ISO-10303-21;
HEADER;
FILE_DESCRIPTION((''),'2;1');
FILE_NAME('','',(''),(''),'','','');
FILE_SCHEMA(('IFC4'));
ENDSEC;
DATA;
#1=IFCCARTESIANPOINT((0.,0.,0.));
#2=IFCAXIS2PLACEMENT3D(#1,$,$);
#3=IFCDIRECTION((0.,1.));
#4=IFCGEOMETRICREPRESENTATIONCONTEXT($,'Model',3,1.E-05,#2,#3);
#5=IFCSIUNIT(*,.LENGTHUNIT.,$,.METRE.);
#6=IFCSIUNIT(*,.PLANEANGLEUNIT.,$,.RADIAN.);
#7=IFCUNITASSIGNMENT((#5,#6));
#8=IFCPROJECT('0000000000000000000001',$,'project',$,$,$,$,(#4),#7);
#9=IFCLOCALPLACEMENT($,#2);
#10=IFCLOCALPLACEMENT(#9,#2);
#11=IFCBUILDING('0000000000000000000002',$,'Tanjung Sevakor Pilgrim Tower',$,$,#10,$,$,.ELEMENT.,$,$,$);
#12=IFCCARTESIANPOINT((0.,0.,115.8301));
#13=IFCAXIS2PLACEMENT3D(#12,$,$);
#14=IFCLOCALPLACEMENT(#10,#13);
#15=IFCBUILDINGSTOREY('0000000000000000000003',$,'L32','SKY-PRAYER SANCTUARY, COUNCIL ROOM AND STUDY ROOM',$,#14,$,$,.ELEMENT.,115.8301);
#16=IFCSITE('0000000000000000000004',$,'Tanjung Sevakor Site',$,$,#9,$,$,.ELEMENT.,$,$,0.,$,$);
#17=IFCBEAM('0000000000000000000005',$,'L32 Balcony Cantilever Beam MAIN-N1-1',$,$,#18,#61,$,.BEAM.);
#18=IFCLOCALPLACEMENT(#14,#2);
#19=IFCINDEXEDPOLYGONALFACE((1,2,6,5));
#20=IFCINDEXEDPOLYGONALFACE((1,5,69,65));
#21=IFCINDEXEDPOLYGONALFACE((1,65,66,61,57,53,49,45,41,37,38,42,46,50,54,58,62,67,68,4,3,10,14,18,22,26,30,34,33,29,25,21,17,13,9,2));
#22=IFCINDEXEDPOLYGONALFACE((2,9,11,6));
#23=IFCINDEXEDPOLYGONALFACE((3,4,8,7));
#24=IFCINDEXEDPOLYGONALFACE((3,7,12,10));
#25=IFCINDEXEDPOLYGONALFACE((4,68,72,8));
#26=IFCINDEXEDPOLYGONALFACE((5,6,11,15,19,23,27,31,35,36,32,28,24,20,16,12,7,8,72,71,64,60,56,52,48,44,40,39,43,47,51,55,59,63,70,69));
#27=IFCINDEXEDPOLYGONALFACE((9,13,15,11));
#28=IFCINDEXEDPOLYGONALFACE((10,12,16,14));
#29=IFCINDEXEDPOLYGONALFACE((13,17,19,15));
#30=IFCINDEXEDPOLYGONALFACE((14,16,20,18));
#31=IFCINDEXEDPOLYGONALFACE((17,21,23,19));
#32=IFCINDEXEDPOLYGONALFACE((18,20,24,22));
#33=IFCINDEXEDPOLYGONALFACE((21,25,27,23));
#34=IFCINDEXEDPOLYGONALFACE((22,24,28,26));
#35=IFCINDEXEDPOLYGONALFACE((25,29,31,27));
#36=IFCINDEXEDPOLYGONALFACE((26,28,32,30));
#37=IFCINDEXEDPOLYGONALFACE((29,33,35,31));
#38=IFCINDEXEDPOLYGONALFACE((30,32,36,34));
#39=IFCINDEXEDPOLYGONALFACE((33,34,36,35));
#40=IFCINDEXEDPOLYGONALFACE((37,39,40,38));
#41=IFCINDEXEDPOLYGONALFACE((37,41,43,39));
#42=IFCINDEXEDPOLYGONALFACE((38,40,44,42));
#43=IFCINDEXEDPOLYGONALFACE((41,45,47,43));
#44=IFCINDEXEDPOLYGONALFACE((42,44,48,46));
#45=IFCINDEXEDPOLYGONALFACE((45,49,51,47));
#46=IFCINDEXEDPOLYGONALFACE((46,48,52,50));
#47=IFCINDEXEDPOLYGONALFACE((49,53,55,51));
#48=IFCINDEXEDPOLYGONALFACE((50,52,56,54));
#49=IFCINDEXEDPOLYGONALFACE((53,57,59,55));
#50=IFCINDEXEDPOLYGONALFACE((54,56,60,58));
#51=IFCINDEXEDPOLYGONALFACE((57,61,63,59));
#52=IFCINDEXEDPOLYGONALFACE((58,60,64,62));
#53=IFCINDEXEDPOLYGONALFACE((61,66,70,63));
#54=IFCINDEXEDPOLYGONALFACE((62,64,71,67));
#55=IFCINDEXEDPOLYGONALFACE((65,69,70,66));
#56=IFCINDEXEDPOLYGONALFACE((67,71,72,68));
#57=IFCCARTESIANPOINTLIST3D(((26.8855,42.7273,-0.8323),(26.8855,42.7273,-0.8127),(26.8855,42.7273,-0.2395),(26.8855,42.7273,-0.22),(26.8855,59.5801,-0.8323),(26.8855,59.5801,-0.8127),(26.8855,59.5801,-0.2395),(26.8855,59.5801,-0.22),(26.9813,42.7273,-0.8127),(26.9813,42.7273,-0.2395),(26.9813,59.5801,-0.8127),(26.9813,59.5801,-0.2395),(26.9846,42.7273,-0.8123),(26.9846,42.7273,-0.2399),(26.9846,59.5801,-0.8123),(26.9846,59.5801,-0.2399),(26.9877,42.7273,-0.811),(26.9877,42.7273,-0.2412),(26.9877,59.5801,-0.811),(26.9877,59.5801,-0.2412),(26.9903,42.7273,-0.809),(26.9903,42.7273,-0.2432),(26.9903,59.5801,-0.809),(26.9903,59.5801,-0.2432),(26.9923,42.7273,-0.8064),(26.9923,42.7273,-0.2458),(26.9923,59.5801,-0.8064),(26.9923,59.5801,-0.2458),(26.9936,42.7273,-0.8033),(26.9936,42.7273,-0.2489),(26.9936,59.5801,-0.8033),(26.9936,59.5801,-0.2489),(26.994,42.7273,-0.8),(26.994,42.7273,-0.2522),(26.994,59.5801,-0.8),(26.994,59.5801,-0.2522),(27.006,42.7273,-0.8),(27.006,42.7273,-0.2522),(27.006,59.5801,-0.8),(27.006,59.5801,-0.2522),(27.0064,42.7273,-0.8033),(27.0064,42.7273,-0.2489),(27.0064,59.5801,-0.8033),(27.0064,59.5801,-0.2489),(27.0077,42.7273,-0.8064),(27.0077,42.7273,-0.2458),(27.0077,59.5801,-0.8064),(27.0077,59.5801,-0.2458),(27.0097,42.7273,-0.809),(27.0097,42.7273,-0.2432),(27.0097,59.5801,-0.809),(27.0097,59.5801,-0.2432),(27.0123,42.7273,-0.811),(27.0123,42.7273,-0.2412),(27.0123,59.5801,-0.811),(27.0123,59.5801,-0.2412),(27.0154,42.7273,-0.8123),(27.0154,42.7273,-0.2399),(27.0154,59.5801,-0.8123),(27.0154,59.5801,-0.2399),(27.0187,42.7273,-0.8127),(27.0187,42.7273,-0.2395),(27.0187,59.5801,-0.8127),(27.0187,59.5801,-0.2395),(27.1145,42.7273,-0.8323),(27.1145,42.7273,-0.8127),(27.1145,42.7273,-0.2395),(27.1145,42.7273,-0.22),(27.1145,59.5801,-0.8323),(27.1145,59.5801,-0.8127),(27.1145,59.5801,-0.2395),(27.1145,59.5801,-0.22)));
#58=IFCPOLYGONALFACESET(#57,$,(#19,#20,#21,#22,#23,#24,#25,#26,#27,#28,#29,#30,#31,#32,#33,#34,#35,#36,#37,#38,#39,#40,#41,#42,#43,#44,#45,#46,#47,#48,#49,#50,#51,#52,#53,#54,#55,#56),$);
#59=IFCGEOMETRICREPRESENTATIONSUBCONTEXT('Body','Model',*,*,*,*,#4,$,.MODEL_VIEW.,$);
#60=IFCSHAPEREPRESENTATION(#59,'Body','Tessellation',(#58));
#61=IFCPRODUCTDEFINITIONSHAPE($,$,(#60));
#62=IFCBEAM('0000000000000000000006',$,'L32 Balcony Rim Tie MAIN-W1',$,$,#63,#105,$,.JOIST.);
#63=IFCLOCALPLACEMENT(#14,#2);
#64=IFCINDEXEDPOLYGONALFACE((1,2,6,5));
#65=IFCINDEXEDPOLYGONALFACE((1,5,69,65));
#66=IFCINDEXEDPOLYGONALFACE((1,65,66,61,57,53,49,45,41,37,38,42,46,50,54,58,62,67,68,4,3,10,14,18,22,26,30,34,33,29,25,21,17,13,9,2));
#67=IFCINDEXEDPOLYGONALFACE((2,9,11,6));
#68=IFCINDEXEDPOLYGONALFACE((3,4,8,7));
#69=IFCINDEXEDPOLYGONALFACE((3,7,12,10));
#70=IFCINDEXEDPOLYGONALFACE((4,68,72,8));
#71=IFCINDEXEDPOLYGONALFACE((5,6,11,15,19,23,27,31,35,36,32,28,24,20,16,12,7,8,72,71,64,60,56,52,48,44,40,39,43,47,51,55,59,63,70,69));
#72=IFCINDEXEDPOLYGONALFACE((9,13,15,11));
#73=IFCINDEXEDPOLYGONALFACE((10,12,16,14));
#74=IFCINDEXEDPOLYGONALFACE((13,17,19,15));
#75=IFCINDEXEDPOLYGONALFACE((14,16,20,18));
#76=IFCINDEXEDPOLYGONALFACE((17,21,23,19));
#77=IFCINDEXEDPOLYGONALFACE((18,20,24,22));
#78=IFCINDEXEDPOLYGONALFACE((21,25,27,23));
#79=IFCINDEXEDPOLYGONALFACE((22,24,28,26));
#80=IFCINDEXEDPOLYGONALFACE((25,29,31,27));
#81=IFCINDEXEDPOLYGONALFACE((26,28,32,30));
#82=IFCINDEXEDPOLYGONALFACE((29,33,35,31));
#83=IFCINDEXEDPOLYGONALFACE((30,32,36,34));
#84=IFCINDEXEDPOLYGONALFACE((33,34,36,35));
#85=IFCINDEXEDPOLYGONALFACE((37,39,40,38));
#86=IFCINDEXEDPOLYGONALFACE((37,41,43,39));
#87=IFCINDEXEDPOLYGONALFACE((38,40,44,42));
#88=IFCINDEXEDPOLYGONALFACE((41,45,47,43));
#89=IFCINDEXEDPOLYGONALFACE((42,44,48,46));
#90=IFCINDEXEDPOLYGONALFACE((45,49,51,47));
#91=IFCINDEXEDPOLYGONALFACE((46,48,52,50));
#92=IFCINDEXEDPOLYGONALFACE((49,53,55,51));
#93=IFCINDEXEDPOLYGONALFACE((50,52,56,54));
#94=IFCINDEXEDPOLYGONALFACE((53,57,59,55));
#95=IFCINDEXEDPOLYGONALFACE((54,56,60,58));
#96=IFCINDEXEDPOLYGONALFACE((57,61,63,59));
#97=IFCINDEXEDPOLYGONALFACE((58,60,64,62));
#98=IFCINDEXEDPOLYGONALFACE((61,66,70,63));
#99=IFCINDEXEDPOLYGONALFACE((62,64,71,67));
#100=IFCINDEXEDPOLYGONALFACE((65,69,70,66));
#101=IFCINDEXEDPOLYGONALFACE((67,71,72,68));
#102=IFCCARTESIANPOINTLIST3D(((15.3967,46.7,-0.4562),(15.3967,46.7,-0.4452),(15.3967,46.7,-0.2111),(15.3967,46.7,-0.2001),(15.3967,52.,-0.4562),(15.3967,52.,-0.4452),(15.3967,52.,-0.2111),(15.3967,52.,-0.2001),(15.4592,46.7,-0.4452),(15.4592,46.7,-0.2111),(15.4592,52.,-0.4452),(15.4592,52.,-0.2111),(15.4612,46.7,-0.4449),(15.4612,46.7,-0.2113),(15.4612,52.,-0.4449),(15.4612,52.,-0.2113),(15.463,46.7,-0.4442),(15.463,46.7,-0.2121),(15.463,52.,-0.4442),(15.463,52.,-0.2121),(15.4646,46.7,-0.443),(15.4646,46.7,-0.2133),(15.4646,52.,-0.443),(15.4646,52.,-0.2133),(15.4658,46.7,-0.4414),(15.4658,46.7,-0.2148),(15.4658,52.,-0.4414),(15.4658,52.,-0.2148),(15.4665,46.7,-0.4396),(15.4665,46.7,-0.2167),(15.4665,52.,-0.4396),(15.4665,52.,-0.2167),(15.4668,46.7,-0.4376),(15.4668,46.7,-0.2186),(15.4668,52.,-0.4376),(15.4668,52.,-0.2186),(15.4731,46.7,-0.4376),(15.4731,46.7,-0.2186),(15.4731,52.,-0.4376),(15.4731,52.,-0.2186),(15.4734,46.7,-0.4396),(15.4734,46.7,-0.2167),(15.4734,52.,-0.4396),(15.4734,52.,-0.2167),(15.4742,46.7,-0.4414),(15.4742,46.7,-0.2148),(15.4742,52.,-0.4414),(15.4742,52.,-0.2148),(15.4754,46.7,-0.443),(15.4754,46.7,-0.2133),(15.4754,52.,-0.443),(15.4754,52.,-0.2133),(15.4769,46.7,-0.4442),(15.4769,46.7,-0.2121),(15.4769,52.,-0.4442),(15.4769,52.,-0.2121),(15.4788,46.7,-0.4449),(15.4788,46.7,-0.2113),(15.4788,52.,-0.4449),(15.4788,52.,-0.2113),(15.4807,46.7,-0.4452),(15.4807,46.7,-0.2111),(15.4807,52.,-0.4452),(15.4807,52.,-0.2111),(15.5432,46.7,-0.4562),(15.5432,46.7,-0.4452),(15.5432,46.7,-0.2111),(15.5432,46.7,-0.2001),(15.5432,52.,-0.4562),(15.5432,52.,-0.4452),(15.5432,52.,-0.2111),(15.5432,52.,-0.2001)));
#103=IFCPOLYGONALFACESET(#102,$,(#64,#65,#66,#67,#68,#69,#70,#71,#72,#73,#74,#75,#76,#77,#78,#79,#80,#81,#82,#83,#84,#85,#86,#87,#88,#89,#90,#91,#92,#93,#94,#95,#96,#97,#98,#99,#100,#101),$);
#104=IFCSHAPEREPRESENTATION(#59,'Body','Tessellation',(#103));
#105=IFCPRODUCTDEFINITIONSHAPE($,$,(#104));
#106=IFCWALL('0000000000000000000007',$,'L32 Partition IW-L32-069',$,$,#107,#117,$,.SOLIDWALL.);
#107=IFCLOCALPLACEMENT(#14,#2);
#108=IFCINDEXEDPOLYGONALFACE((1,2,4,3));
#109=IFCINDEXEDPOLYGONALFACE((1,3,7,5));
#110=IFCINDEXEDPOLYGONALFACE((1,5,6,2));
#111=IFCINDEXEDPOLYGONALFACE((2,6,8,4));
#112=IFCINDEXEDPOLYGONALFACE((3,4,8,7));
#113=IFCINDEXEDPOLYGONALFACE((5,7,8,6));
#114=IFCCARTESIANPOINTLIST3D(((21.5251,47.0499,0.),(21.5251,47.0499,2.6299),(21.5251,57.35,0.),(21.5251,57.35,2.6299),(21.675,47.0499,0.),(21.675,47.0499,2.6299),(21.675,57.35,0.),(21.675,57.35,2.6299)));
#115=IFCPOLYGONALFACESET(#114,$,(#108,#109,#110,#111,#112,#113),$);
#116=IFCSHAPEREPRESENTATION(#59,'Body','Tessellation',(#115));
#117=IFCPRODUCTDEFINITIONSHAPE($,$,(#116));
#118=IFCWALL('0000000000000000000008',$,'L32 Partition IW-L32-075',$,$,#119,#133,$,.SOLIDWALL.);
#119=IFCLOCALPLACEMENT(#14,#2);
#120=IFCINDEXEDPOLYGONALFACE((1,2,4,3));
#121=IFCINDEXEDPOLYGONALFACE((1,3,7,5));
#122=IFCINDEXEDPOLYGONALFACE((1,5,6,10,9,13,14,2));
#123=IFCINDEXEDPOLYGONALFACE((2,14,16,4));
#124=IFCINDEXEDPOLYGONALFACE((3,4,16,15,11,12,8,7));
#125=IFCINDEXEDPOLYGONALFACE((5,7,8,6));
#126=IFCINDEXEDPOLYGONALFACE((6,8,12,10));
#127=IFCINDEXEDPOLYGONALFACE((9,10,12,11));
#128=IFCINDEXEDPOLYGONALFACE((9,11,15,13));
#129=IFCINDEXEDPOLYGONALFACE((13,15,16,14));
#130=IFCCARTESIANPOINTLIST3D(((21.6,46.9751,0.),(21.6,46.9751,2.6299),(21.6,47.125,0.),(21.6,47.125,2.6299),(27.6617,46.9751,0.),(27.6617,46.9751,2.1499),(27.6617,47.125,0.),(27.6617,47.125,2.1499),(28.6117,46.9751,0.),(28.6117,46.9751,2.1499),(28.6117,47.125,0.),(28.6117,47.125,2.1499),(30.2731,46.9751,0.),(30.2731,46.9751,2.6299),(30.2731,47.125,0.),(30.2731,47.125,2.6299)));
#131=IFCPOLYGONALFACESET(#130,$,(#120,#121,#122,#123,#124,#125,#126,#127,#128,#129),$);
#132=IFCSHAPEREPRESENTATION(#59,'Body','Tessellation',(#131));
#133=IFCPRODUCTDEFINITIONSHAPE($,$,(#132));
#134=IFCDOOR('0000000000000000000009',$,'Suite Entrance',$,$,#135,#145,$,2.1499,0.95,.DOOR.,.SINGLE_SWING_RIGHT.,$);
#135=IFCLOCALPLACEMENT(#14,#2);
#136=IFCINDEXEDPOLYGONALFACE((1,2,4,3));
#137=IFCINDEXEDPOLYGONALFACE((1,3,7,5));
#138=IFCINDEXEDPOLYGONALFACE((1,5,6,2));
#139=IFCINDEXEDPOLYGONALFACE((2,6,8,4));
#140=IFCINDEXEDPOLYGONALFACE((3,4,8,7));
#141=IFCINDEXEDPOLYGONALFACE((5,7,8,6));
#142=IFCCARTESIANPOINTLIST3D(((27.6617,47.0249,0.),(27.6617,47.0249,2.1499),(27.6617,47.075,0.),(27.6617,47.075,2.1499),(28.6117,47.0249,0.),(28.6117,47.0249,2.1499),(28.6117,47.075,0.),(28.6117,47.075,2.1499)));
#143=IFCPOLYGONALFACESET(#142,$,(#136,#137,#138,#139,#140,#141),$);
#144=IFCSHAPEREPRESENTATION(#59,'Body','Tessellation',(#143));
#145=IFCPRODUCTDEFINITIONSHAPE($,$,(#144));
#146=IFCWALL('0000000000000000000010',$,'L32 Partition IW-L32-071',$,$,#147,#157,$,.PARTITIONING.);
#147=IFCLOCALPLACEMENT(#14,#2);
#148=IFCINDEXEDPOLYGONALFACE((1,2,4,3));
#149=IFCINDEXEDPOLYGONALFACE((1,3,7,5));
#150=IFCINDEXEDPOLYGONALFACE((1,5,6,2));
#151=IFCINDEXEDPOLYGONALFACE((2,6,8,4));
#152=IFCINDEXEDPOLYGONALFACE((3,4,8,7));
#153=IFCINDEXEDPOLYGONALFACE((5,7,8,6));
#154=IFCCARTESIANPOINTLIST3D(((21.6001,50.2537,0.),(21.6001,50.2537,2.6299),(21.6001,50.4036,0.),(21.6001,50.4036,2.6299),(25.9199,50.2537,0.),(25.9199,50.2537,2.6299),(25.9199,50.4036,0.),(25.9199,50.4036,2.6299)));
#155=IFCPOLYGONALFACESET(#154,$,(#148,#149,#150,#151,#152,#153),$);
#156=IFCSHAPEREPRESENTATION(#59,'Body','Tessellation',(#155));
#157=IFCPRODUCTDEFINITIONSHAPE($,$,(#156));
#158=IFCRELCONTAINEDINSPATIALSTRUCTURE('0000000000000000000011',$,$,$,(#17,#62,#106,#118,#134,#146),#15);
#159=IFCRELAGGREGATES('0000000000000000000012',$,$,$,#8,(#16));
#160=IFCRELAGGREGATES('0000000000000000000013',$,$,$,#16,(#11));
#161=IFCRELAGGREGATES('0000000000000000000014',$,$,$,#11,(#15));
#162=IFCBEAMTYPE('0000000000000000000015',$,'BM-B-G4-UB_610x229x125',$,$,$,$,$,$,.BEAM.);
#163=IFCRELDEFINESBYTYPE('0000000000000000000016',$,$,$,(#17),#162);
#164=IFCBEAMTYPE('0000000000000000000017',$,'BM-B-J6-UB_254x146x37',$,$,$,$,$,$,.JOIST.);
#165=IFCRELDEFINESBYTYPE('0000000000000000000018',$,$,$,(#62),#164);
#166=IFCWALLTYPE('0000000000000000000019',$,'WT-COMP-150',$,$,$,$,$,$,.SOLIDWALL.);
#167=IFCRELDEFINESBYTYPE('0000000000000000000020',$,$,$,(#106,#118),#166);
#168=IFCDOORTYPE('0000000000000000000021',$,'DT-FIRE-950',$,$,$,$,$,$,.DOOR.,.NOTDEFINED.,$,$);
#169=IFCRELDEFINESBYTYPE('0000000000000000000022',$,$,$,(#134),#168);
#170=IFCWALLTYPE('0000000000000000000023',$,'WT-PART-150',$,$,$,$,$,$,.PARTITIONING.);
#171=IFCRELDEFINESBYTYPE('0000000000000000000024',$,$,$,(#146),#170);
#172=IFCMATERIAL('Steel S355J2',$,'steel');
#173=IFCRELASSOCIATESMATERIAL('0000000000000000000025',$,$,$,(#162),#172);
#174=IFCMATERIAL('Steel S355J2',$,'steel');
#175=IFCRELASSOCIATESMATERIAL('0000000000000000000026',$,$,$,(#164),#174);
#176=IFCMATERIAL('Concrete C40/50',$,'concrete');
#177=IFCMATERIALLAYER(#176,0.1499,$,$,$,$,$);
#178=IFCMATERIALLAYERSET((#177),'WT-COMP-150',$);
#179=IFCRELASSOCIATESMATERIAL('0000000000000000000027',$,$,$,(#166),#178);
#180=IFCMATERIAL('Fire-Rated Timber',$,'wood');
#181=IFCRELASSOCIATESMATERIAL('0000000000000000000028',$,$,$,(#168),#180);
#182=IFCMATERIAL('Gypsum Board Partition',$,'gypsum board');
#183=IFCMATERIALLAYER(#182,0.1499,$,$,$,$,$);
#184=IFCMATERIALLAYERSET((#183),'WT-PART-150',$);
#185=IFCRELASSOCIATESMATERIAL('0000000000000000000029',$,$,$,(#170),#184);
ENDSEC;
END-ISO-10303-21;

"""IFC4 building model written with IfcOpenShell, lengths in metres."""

from ifc_helpers import new_model, si_unit, direction, frame, frame_2d, origin, origin_2d, place, context, subcontext, project, spatial, rectangle, i_section, extrude, material, layer, layer_set, material_profile, profile_set, type_object, element, fill, save


model = new_model("IFC4")

# Units and contexts
model_context = context("Model", 3, precision=1e-05, world=origin(), true_north=direction((0.0, 1.0)))
body_context = subcontext(model_context, "Body", "Model", "MODEL_VIEW")
ifc_project = project(units=[si_unit("LENGTHUNIT", "METRE"), si_unit("PLANEANGLEUNIT", "RADIAN")], contexts=[model_context])

# Site, building, storey
site_placement = place(None, origin())
site = spatial("IfcSite", under=ifc_project, at=site_placement, Name="Tanjung Sevakor Site", CompositionType="ELEMENT", RefElevation=0.0)
building_placement = place(site_placement, origin())
building = spatial("IfcBuilding", under=site, at=building_placement, Name="Tanjung Sevakor Pilgrim Tower", CompositionType="ELEMENT")
storey_placement = place(building_placement, frame((0.0, 0.0, 115.8301)))
storey = spatial("IfcBuildingStorey", under=building, at=storey_placement, Name="L32", Description="SKY-PRAYER SANCTUARY, COUNCIL ROOM AND STUDY ROOM", CompositionType="ELEMENT", Elevation=115.8301)

# Beams
ifc_material_1 = material(Name="Steel S355J2", Category="steel")
ifc_material_profile_1 = material_profile(ifc_material_1, i_section(OverallWidth=0.229, OverallDepth=0.6123, WebThickness=0.012, FlangeThickness=0.0195, FilletRadius=0.0127, at=origin_2d()))
ifc_profile_set_1 = profile_set([ifc_material_profile_1], Name="Steel S355J2")
beam_type_1 = type_object("IfcBeamType", Name="BM-B-G4-UB_610x229x125", PredefinedType="BEAM", material=ifc_profile_set_1)
beam_1_placement = place(storey_placement, frame((27.0, 42.7273, -0.5261), z_axis=(0.0, 1.0, 0.0), x_axis=(-1.0, 0.0, 0.0)))
element("IfcBeam", 1, at=beam_1_placement, inside=storey, type_object=beam_type_1, Name="L32 Balcony Cantilever Beam MAIN-N1-1", PredefinedType="BEAM", context=body_context, shape_type="SweptSolid", body=[
    extrude(i_section(OverallWidth=0.229, OverallDepth=0.6123, WebThickness=0.012, FlangeThickness=0.0195, FilletRadius=0.0127, at=origin_2d()), origin(), (0.0, 0.0, 1.0), 16.8528),
])
ifc_material_2 = material(Name="Steel S355J2", Category="steel")
ifc_material_profile_2 = material_profile(ifc_material_2, i_section(OverallWidth=0.1465, OverallDepth=0.2561, WebThickness=0.0063, FlangeThickness=0.011, FilletRadius=0.0076, at=origin_2d()))
ifc_profile_set_2 = profile_set([ifc_material_profile_2], Name="Steel S355J2")
beam_type_2 = type_object("IfcBeamType", Name="BM-B-J6-UB_254x146x37", PredefinedType="JOIST", material=ifc_profile_set_2)
beam_2_placement = place(storey_placement, frame((15.47, 46.7, -0.3281), z_axis=(0.0, 1.0, 0.0), x_axis=(-1.0, 0.0, 0.0)))
element("IfcBeam", 2, at=beam_2_placement, inside=storey, type_object=beam_type_2, Name="L32 Balcony Rim Tie MAIN-W1", PredefinedType="JOIST", context=body_context, shape_type="SweptSolid", body=[
    extrude(i_section(OverallWidth=0.1465, OverallDepth=0.2561, WebThickness=0.0063, FlangeThickness=0.011, FilletRadius=0.0076, at=origin_2d()), origin(), (0.0, 0.0, 1.0), 5.3),
])

# Wall
ifc_material_3 = material(Name="Concrete C40/50", Category="concrete")
ifc_layer_1 = layer(ifc_material_3, 0.1499)
ifc_layer_set_1 = layer_set([ifc_layer_1], Name="WT-COMP-150")
wall_type_1 = type_object("IfcWallType", Name="WT-COMP-150", PredefinedType="SOLIDWALL", material=ifc_layer_set_1)
wall_1_placement = place(storey_placement, frame((21.6001, 47.05, 0.0), z_axis=(0.0, 0.0, 1.0), x_axis=(0.0, 1.0, 0.0)))
element("IfcWall", 3, at=wall_1_placement, inside=storey, type_object=wall_type_1, Name="L32 Partition IW-L32-069", PredefinedType="SOLIDWALL", context=body_context, shape_type="SweptSolid", body=[
    extrude(rectangle(XDim=10.3, YDim=0.1499, at=frame_2d((5.1499, 0.0))), origin(), (0.0, 0.0, 1.0), 2.6299),
])

# Wall, opening, door
wall_2_placement = place(storey_placement, frame((21.6001, 47.05, 0.0), z_axis=(0.0, 0.0, 1.0), x_axis=(1.0, 0.0, 0.0)))
wall_2 = element("IfcWall", 4, at=wall_2_placement, inside=storey, type_object=wall_type_1, Name="L32 Partition IW-L32-075", PredefinedType="SOLIDWALL", context=body_context, shape_type="SweptSolid", body=[
    extrude(rectangle(XDim=8.6731, YDim=0.1499, at=frame_2d((4.3364, 0.0))), origin(), (0.0, 0.0, 1.0), 2.6299),
])
opening_1_placement = place(wall_2_placement, frame((6.0615, 0.0, 0.0)))
opening_1 = element("IfcOpeningElement", 5, at=opening_1_placement, cuts=wall_2, PredefinedType="OPENING", context=body_context, shape_type="SweptSolid", body=[
    extrude(rectangle(XDim=0.95, YDim=2.1499, at=frame_2d((0.4751, 1.075))), frame((0.0, 0.085, 0.0), z_axis=(0.0, -1.0, 0.0), x_axis=(1.0, 0.0, 0.0)), (0.0, 0.0, 1.0), 0.1699),
])
ifc_material_4 = material(Name="Fire-Rated Timber", Category="wood")
door_type_1 = type_object("IfcDoorType", Name="DT-FIRE-950", OperationType="NOTDEFINED", PredefinedType="DOOR", material=ifc_material_4)
door_1_placement = place(opening_1_placement, origin())
door_1 = element("IfcDoor", 6, at=door_1_placement, inside=storey, type_object=door_type_1, Name="Suite Entrance", OperationType="SINGLE_SWING_RIGHT", OverallHeight=2.1499, OverallWidth=0.95, PredefinedType="DOOR", context=body_context, shape_type="SweptSolid", body=[
    extrude(rectangle(XDim=0.95, YDim=2.1499, at=frame_2d((0.4751, 1.075))), frame((0.0, 0.0249, 0.0), z_axis=(0.0, -1.0, 0.0), x_axis=(1.0, 0.0, 0.0)), (0.0, 0.0, 1.0), 0.05),
])
fill(opening_1, door_1)

# Wall
ifc_material_5 = material(Name="Gypsum Board Partition", Category="gypsum board")
ifc_layer_2 = layer(ifc_material_5, 0.1499)
ifc_layer_set_2 = layer_set([ifc_layer_2], Name="WT-PART-150")
wall_type_2 = type_object("IfcWallType", Name="WT-PART-150", PredefinedType="PARTITIONING", material=ifc_layer_set_2)
wall_3_placement = place(storey_placement, frame((21.6001, 50.3286, 0.0), z_axis=(0.0, 0.0, 1.0), x_axis=(1.0, 0.0, 0.0)))
element("IfcWall", 7, at=wall_3_placement, inside=storey, type_object=wall_type_2, Name="L32 Partition IW-L32-071", PredefinedType="PARTITIONING", context=body_context, shape_type="SweptSolid", body=[
    extrude(rectangle(XDim=4.3198, YDim=0.1499, at=frame_2d((2.1599, 0.0))), origin(), (0.0, 0.0, 1.0), 2.6299),
])

save(model, "model.ifc")
